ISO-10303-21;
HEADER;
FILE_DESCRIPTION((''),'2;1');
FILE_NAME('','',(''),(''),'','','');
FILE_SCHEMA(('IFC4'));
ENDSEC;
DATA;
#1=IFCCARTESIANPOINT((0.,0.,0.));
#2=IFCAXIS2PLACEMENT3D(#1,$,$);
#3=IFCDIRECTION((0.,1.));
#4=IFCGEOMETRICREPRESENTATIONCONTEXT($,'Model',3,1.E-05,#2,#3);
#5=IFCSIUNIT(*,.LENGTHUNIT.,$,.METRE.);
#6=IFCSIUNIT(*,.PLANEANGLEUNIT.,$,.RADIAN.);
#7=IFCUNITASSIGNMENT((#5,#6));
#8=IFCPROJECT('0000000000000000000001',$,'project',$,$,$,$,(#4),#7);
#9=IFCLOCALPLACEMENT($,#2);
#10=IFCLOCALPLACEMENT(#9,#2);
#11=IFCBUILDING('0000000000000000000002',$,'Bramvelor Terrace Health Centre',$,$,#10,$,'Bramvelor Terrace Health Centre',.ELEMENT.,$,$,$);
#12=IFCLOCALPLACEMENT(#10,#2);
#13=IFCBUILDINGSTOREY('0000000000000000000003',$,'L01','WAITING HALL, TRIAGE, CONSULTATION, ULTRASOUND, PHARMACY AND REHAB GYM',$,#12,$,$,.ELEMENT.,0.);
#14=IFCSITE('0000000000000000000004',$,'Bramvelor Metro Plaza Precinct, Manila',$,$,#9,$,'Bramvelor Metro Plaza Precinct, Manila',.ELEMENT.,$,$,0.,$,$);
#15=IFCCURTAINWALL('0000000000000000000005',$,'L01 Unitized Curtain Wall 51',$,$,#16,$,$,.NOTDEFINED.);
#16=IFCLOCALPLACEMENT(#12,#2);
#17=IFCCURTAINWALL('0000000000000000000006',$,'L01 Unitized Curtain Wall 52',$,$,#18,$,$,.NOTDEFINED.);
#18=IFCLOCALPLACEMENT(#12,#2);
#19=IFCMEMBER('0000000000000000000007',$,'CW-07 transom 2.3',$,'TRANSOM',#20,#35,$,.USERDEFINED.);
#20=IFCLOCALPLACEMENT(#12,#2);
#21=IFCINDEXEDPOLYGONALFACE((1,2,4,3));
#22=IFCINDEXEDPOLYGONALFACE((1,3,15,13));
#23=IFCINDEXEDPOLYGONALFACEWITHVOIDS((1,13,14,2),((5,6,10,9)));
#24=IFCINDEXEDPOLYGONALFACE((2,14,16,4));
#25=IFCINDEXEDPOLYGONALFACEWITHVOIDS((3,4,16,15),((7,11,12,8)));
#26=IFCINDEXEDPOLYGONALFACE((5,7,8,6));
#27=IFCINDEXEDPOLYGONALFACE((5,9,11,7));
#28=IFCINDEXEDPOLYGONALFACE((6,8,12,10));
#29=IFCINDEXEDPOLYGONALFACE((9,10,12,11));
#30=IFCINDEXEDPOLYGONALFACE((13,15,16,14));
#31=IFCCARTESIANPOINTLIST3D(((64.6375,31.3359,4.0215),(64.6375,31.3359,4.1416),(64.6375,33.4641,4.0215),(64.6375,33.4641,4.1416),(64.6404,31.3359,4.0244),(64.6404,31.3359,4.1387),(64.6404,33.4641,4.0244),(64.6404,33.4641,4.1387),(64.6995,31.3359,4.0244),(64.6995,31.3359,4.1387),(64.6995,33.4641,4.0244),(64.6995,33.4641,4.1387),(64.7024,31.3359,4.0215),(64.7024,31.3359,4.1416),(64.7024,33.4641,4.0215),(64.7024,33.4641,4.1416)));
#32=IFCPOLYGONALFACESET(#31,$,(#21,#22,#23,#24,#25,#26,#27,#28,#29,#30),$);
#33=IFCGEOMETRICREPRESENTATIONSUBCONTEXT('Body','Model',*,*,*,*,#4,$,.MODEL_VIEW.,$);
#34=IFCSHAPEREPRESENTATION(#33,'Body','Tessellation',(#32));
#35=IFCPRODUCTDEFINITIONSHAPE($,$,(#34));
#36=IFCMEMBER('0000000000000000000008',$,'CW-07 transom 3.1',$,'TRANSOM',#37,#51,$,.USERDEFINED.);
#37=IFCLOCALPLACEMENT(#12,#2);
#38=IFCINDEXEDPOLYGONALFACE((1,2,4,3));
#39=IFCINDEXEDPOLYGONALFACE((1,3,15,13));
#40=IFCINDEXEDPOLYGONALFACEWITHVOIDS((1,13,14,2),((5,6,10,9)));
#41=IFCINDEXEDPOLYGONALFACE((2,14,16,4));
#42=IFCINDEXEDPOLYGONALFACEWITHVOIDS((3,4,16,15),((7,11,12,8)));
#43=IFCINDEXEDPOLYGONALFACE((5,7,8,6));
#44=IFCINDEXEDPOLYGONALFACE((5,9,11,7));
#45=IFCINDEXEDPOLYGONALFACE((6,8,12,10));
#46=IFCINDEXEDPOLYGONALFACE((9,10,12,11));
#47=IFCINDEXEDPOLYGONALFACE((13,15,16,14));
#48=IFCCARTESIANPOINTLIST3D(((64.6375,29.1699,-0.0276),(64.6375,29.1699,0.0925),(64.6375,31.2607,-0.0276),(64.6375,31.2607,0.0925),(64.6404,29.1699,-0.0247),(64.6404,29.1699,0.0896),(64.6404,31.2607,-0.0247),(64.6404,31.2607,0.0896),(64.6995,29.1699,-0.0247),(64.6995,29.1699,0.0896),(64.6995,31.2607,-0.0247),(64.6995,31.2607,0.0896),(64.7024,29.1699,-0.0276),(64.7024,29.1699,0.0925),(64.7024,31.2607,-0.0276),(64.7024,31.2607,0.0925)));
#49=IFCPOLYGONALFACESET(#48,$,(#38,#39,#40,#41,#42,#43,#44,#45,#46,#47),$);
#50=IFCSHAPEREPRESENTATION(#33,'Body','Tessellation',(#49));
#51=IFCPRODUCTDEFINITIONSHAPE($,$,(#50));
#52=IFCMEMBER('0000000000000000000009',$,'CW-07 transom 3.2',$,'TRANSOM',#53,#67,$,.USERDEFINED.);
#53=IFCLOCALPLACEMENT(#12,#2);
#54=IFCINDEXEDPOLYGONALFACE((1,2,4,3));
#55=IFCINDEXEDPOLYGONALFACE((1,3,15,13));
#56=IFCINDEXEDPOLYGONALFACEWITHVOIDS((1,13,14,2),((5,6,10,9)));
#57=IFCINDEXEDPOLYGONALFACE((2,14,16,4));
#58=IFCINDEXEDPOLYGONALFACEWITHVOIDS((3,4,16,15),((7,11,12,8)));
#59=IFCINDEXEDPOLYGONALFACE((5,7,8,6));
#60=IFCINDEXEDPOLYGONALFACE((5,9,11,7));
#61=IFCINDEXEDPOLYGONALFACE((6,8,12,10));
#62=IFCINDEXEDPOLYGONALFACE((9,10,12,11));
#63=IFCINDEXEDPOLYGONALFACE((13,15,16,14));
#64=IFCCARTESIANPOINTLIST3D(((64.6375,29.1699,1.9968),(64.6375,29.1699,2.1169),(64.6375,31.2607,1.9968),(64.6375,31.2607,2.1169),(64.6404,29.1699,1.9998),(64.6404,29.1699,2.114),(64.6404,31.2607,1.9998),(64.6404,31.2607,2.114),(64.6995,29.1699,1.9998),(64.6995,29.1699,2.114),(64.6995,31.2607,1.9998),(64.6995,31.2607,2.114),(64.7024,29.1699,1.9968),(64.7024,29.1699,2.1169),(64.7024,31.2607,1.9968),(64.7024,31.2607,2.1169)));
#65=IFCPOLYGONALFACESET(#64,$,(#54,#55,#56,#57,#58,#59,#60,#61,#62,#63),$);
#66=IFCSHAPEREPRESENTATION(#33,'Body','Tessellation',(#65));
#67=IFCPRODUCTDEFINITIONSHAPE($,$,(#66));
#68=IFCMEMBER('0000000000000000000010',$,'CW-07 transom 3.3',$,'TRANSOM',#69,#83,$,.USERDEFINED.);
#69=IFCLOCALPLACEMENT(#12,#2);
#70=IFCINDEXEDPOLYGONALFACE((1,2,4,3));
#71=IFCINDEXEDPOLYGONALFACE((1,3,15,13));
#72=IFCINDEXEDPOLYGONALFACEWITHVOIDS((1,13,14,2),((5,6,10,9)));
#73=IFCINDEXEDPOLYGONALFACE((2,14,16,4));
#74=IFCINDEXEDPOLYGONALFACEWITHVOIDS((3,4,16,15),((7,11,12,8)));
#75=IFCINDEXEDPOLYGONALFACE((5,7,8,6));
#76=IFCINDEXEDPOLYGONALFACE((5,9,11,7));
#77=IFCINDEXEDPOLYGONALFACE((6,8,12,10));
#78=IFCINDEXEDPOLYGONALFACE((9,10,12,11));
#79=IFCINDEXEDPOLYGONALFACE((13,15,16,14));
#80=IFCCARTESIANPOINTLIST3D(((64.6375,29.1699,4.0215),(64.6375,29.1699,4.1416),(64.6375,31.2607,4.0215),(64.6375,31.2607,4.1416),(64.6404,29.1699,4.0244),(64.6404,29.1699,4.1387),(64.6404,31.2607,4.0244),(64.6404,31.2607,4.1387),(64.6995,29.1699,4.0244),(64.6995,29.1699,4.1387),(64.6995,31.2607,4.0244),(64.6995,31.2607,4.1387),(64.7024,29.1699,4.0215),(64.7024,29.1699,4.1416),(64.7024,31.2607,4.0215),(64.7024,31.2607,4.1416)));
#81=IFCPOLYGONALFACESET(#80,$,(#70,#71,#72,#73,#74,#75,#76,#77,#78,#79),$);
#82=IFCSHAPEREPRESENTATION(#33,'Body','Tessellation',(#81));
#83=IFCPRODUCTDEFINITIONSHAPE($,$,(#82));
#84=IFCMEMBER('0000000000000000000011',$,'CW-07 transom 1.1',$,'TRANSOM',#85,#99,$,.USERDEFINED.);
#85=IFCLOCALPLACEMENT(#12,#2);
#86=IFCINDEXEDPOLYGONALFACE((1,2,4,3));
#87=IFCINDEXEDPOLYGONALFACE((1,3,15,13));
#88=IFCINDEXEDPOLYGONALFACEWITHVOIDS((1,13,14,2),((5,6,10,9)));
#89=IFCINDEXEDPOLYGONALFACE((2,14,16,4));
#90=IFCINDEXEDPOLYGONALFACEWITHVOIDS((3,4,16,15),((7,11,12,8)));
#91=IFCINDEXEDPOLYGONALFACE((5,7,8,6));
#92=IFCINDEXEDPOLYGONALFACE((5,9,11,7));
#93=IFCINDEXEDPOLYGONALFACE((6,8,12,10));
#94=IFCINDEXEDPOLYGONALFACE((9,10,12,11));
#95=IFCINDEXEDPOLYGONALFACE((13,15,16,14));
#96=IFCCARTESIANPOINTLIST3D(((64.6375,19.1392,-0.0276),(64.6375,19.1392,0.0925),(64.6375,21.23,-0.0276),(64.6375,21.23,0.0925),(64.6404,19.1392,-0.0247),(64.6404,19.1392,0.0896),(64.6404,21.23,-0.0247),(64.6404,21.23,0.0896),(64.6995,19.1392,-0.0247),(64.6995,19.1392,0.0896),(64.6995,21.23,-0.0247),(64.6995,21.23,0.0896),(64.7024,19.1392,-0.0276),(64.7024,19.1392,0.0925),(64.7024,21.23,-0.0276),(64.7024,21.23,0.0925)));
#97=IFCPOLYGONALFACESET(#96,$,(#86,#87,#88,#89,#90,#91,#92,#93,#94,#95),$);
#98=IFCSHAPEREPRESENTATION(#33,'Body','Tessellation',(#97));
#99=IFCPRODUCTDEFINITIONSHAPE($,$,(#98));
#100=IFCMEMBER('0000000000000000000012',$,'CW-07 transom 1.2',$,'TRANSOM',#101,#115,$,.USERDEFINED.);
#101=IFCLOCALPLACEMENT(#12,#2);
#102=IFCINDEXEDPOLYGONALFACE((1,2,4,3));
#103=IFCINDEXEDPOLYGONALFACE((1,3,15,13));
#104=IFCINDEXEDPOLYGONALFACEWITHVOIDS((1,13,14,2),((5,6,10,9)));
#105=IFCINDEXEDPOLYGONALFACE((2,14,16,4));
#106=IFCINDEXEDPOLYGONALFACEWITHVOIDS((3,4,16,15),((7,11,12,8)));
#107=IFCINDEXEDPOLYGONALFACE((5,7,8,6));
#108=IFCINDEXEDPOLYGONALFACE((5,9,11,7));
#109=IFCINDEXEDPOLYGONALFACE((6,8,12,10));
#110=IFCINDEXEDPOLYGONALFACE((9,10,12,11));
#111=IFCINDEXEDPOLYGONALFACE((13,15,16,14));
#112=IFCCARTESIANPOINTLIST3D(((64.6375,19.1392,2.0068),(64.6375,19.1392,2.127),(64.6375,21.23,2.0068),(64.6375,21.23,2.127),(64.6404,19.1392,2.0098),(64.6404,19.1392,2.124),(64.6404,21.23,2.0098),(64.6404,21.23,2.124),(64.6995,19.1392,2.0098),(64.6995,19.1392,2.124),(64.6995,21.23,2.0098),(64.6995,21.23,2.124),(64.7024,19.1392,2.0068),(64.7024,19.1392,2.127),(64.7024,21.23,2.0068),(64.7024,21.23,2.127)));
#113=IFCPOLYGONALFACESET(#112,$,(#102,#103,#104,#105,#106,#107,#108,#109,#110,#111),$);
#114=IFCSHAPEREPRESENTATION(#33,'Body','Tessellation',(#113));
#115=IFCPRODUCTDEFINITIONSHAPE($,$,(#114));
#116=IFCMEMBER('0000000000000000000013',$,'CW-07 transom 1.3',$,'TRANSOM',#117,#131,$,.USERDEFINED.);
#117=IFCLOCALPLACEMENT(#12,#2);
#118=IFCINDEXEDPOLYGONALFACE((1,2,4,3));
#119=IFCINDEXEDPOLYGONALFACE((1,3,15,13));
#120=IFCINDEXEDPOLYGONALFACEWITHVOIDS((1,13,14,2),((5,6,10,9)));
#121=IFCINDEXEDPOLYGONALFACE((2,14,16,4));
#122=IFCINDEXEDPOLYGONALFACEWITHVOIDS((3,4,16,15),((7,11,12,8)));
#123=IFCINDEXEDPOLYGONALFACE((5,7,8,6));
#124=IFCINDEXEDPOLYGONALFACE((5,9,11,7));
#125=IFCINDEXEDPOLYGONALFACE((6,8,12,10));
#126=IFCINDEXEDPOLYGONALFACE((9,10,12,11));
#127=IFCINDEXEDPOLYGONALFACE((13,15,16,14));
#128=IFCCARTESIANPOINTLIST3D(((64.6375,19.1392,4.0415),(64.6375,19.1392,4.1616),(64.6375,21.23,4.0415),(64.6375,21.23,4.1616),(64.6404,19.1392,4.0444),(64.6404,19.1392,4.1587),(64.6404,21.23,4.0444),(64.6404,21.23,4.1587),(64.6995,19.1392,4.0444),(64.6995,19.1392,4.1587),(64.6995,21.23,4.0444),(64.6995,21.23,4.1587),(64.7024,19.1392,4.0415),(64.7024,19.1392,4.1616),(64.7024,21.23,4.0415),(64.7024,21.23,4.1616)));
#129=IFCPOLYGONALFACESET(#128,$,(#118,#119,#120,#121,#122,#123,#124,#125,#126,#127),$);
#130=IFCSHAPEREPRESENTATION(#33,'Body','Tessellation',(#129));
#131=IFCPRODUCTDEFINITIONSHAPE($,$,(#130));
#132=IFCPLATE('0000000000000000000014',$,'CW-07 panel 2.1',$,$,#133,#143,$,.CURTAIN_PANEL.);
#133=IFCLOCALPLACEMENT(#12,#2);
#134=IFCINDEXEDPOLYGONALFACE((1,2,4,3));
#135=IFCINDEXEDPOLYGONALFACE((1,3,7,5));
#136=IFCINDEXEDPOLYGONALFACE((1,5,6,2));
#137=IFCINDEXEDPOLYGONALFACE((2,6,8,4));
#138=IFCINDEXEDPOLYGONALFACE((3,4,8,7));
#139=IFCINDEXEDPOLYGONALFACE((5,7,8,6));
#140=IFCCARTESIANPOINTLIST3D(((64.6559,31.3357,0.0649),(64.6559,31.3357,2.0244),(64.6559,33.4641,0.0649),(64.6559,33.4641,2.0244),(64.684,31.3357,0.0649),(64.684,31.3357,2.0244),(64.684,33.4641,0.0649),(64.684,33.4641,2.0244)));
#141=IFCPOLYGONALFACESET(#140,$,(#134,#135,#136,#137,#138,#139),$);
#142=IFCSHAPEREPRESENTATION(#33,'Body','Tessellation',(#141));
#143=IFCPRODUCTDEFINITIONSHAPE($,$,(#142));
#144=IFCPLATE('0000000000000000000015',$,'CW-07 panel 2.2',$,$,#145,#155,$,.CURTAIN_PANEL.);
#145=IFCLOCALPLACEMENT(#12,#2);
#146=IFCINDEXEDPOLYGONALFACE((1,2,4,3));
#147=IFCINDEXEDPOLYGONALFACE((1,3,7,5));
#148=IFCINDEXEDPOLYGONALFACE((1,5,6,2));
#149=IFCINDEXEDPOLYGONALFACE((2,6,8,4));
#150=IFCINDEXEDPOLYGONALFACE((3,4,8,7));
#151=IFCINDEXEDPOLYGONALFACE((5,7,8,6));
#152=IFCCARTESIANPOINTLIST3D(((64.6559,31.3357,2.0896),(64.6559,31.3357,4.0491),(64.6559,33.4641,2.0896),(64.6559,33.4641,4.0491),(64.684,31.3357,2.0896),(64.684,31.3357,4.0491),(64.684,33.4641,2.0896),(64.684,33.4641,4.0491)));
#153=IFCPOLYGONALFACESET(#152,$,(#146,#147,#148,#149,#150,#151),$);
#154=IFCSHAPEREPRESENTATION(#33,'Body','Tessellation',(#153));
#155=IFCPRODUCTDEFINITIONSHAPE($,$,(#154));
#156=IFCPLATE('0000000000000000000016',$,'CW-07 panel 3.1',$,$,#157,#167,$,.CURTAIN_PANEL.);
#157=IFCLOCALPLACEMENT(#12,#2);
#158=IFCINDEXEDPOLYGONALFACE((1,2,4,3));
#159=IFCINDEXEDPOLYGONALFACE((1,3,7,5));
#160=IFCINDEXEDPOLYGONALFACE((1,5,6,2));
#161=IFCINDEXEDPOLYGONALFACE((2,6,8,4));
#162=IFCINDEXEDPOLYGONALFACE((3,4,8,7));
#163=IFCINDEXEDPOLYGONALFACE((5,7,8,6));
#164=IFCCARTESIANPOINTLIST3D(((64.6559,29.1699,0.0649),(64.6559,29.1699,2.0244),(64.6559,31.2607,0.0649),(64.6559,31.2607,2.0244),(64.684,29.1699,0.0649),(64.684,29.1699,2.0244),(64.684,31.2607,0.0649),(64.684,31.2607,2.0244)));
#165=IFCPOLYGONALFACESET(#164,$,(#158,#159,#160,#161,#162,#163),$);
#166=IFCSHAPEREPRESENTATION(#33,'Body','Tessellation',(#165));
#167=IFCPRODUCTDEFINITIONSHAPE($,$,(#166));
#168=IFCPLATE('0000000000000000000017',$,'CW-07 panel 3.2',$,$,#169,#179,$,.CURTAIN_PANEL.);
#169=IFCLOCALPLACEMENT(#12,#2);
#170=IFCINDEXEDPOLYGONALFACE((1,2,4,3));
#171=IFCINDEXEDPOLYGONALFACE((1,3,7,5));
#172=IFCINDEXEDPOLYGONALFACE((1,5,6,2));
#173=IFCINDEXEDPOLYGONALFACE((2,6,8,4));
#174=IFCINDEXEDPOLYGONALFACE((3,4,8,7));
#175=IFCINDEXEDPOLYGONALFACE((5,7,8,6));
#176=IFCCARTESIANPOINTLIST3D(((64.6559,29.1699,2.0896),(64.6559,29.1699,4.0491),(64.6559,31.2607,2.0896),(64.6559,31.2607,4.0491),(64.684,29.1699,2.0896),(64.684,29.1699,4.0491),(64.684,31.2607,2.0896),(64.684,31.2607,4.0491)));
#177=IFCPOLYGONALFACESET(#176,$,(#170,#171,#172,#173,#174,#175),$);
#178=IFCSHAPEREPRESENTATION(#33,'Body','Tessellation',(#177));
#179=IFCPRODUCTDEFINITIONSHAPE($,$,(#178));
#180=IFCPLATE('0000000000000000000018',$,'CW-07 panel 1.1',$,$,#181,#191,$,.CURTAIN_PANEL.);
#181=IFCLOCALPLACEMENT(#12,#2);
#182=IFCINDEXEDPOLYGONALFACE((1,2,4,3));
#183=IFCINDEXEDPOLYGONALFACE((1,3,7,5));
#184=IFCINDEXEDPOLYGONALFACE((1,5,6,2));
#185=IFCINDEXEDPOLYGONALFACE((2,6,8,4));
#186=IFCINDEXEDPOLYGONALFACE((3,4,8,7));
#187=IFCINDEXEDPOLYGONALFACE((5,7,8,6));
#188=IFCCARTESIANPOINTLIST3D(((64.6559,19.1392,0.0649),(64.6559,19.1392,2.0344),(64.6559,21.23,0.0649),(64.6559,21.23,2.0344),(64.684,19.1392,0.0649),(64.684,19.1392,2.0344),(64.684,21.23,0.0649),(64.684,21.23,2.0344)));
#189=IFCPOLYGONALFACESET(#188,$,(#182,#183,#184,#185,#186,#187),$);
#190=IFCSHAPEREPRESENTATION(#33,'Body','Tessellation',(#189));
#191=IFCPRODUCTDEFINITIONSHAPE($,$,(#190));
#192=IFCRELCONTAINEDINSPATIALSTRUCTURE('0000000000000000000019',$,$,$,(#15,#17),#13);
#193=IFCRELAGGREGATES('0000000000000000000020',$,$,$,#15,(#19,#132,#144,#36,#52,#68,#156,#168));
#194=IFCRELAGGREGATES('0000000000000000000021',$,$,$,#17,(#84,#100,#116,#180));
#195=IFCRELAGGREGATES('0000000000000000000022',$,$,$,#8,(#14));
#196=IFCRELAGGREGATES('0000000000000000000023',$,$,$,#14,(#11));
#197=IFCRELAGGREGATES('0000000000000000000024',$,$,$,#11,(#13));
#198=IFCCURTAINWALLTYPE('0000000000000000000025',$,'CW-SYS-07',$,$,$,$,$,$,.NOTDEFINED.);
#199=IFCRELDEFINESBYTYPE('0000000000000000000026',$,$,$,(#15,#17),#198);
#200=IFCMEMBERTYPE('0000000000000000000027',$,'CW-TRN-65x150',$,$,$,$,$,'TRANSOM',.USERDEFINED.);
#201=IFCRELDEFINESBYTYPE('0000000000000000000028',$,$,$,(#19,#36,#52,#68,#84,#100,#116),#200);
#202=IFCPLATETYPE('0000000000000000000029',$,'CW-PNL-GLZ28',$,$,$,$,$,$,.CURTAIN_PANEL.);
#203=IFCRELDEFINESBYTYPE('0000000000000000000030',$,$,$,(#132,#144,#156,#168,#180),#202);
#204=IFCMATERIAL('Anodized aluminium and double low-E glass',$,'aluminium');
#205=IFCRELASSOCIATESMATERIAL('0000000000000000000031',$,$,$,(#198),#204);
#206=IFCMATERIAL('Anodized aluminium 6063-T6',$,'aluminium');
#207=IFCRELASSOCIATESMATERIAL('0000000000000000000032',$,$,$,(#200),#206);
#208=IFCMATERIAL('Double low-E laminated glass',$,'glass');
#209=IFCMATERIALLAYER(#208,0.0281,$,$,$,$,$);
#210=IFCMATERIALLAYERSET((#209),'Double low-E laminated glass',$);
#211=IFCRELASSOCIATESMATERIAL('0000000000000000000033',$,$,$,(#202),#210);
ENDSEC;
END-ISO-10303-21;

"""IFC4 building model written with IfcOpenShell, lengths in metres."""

from ifc_helpers import new_model, si_unit, direction, frame, origin, origin_2d, place, context, subcontext, project, spatial, rectangle, hollow_rectangle, extrude, material, layer, layer_set, material_profile, profile_set, type_object, element, aggregate, save


model = new_model("IFC4")

# Units and contexts
model_context = context("Model", 3, precision=1e-05, world=origin(), true_north=direction((0.0, 1.0)))
body_context = subcontext(model_context, "Body", "Model", "MODEL_VIEW")
ifc_project = project(units=[si_unit("LENGTHUNIT", "METRE"), si_unit("PLANEANGLEUNIT", "RADIAN")], contexts=[model_context])

# Site, building, storey
site_placement = place(None, origin())
site = spatial("IfcSite", under=ifc_project, at=site_placement, Name="Bramvelor Metro Plaza Precinct, Manila", LongName="Bramvelor Metro Plaza Precinct, Manila", CompositionType="ELEMENT", RefElevation=0.0)
building_placement = place(site_placement, origin())
building = spatial("IfcBuilding", under=site, at=building_placement, Name="Bramvelor Terrace Health Centre", LongName="Bramvelor Terrace Health Centre", CompositionType="ELEMENT")
storey_placement = place(building_placement, origin())
storey = spatial("IfcBuildingStorey", under=building, at=storey_placement, Name="L01", Description="WAITING HALL, TRIAGE, CONSULTATION, ULTRASOUND, PHARMACY AND REHAB GYM", CompositionType="ELEMENT", Elevation=0.0)

# Curtain wall
ifc_material_1 = material(Name="Anodized aluminium and double low-E glass", Category="aluminium")
curtain_wall_type = type_object("IfcCurtainWallType", Name="CW-SYS-07", PredefinedType="NOTDEFINED", material=ifc_material_1)
curtain_wall_1_placement = place(storey_placement, origin())
curtain_wall_1 = element("IfcCurtainWall", 1, at=curtain_wall_1_placement, inside=storey, type_object=curtain_wall_type, Name="L01 Unitized Curtain Wall 51", PredefinedType="NOTDEFINED")

# Curtain wall
curtain_wall_2_placement = place(storey_placement, origin())
curtain_wall_2 = element("IfcCurtainWall", 2, at=curtain_wall_2_placement, inside=storey, type_object=curtain_wall_type, Name="L01 Unitized Curtain Wall 52", PredefinedType="NOTDEFINED")

# Members
ifc_material_2 = material(Name="Anodized aluminium 6063-T6", Category="aluminium")
ifc_material_profile_1 = material_profile(ifc_material_2, hollow_rectangle(XDim=0.0649, YDim=0.1201, WallThickness=0.0029, at=origin_2d()), Name="ALU-TRN 65x120x3.0")
ifc_profile_set_1 = profile_set([ifc_material_profile_1], Name="Anodized aluminium 6063-T6")
member_type_1 = type_object("IfcMemberType", Name="CW-TRN-65x150", ElementType="TRANSOM", PredefinedType="USERDEFINED", material=ifc_profile_set_1)
member_1_placement = place(storey_placement, frame((64.6699, 33.4641, 4.0815), z_axis=(0.0, -1.0, 0.0), x_axis=(1.0, 0.0, 0.0)))
member_1 = element("IfcMember", 3, at=member_1_placement, type_object=member_type_1, Name="CW-07 transom 2.3", ObjectType="TRANSOM", PredefinedType="USERDEFINED", context=body_context, shape_type="SweptSolid", body=[
    extrude(hollow_rectangle(XDim=0.0649, YDim=0.1201, WallThickness=0.0029, at=origin_2d()), origin(), (0.0, 0.0, 1.0), 2.1282),
])
member_2_placement = place(storey_placement, frame((64.6699, 31.2607, 0.0325), z_axis=(0.0, -1.0, 0.0), x_axis=(1.0, 0.0, 0.0)))
member_2 = element("IfcMember", 4, at=member_2_placement, type_object=member_type_1, Name="CW-07 transom 3.1", ObjectType="TRANSOM", PredefinedType="USERDEFINED", context=body_context, shape_type="SweptSolid", body=[
    extrude(hollow_rectangle(XDim=0.0649, YDim=0.1201, WallThickness=0.0029, at=origin_2d()), origin(), (0.0, 0.0, 1.0), 2.0908),
])
member_3_placement = place(storey_placement, frame((64.6699, 31.2607, 2.0569), z_axis=(0.0, -1.0, 0.0), x_axis=(1.0, 0.0, 0.0)))
member_3 = element("IfcMember", 5, at=member_3_placement, type_object=member_type_1, Name="CW-07 transom 3.2", ObjectType="TRANSOM", PredefinedType="USERDEFINED", context=body_context, shape_type="SweptSolid", body=[
    extrude(hollow_rectangle(XDim=0.0649, YDim=0.1201, WallThickness=0.0029, at=origin_2d()), origin(), (0.0, 0.0, 1.0), 2.0908),
])
member_4_placement = place(storey_placement, frame((64.6699, 31.2607, 4.0815), z_axis=(0.0, -1.0, 0.0), x_axis=(1.0, 0.0, 0.0)))
member_4 = element("IfcMember", 6, at=member_4_placement, type_object=member_type_1, Name="CW-07 transom 3.3", ObjectType="TRANSOM", PredefinedType="USERDEFINED", context=body_context, shape_type="SweptSolid", body=[
    extrude(hollow_rectangle(XDim=0.0649, YDim=0.1201, WallThickness=0.0029, at=origin_2d()), origin(), (0.0, 0.0, 1.0), 2.0908),
])
member_5_placement = place(storey_placement, frame((64.6699, 21.23, 0.0325), z_axis=(0.0, -1.0, 0.0), x_axis=(1.0, 0.0, 0.0)))
member_5 = element("IfcMember", 7, at=member_5_placement, type_object=member_type_1, Name="CW-07 transom 1.1", ObjectType="TRANSOM", PredefinedType="USERDEFINED", context=body_context, shape_type="SweptSolid", body=[
    extrude(hollow_rectangle(XDim=0.0649, YDim=0.1201, WallThickness=0.0029, at=origin_2d()), origin(), (0.0, 0.0, 1.0), 2.0908),
])
member_6_placement = place(storey_placement, frame((64.6699, 21.23, 2.0669), z_axis=(0.0, -1.0, 0.0), x_axis=(1.0, 0.0, 0.0)))
member_6 = element("IfcMember", 8, at=member_6_placement, type_object=member_type_1, Name="CW-07 transom 1.2", ObjectType="TRANSOM", PredefinedType="USERDEFINED", context=body_context, shape_type="SweptSolid", body=[
    extrude(hollow_rectangle(XDim=0.0649, YDim=0.1201, WallThickness=0.0029, at=origin_2d()), origin(), (0.0, 0.0, 1.0), 2.0908),
])
member_7_placement = place(storey_placement, frame((64.6699, 21.23, 4.1016), z_axis=(0.0, -1.0, 0.0), x_axis=(1.0, 0.0, 0.0)))
member_7 = element("IfcMember", 9, at=member_7_placement, type_object=member_type_1, Name="CW-07 transom 1.3", ObjectType="TRANSOM", PredefinedType="USERDEFINED", context=body_context, shape_type="SweptSolid", body=[
    extrude(hollow_rectangle(XDim=0.0649, YDim=0.1201, WallThickness=0.0029, at=origin_2d()), origin(), (0.0, 0.0, 1.0), 2.0908),
])

# Plates
ifc_material_3 = material(Name="Double low-E laminated glass", Category="glass")
ifc_layer_1 = layer(ifc_material_3, 0.0281)
ifc_layer_set_1 = layer_set([ifc_layer_1], Name="Double low-E laminated glass")
plate_type = type_object("IfcPlateType", Name="CW-PNL-GLZ28", PredefinedType="CURTAIN_PANEL", material=ifc_layer_set_1)
plate_1_placement = place(storey_placement, frame((64.6699, 32.3999, 0.0649), z_axis=(0.0, 0.0, 1.0), x_axis=(0.0, -1.0, 0.0)))
plate_1 = element("IfcPlate", 10, at=plate_1_placement, type_object=plate_type, Name="CW-07 panel 2.1", PredefinedType="CURTAIN_PANEL", context=body_context, shape_type="SweptSolid", body=[
    extrude(rectangle(XDim=2.1284, YDim=0.0281, at=origin_2d()), origin(), (0.0, 0.0, 1.0), 1.9595),
])
plate_2_placement = place(storey_placement, frame((64.6699, 32.3999, 2.0896), z_axis=(0.0, 0.0, 1.0), x_axis=(0.0, -1.0, 0.0)))
plate_2 = element("IfcPlate", 11, at=plate_2_placement, type_object=plate_type, Name="CW-07 panel 2.2", PredefinedType="CURTAIN_PANEL", context=body_context, shape_type="SweptSolid", body=[
    extrude(rectangle(XDim=2.1284, YDim=0.0281, at=origin_2d()), origin(), (0.0, 0.0, 1.0), 1.9595),
])
plate_3_placement = place(storey_placement, frame((64.6699, 30.2153, 0.0649), z_axis=(0.0, 0.0, 1.0), x_axis=(0.0, -1.0, 0.0)))
plate_3 = element("IfcPlate", 12, at=plate_3_placement, type_object=plate_type, Name="CW-07 panel 3.1", PredefinedType="CURTAIN_PANEL", context=body_context, shape_type="SweptSolid", body=[
    extrude(rectangle(XDim=2.0908, YDim=0.0281, at=origin_2d()), origin(), (0.0, 0.0, 1.0), 1.9595),
])
plate_4_placement = place(storey_placement, frame((64.6699, 30.2153, 2.0896), z_axis=(0.0, 0.0, 1.0), x_axis=(0.0, -1.0, 0.0)))
plate_4 = element("IfcPlate", 13, at=plate_4_placement, type_object=plate_type, Name="CW-07 panel 3.2", PredefinedType="CURTAIN_PANEL", context=body_context, shape_type="SweptSolid", body=[
    extrude(rectangle(XDim=2.0908, YDim=0.0281, at=origin_2d()), origin(), (0.0, 0.0, 1.0), 1.9595),
])
aggregate(curtain_wall_1, [member_1, plate_1, plate_2, member_2, member_3, member_4, plate_3, plate_4])
plate_5_placement = place(storey_placement, frame((64.6699, 20.1846, 0.0649), z_axis=(0.0, 0.0, 1.0), x_axis=(0.0, -1.0, 0.0)))
plate_5 = element("IfcPlate", 14, at=plate_5_placement, type_object=plate_type, Name="CW-07 panel 1.1", PredefinedType="CURTAIN_PANEL", context=body_context, shape_type="SweptSolid", body=[
    extrude(rectangle(XDim=2.0908, YDim=0.0281, at=origin_2d()), origin(), (0.0, 0.0, 1.0), 1.9695),
])
aggregate(curtain_wall_2, [member_5, member_6, member_7, plate_5])

save(model, "model.ifc")
